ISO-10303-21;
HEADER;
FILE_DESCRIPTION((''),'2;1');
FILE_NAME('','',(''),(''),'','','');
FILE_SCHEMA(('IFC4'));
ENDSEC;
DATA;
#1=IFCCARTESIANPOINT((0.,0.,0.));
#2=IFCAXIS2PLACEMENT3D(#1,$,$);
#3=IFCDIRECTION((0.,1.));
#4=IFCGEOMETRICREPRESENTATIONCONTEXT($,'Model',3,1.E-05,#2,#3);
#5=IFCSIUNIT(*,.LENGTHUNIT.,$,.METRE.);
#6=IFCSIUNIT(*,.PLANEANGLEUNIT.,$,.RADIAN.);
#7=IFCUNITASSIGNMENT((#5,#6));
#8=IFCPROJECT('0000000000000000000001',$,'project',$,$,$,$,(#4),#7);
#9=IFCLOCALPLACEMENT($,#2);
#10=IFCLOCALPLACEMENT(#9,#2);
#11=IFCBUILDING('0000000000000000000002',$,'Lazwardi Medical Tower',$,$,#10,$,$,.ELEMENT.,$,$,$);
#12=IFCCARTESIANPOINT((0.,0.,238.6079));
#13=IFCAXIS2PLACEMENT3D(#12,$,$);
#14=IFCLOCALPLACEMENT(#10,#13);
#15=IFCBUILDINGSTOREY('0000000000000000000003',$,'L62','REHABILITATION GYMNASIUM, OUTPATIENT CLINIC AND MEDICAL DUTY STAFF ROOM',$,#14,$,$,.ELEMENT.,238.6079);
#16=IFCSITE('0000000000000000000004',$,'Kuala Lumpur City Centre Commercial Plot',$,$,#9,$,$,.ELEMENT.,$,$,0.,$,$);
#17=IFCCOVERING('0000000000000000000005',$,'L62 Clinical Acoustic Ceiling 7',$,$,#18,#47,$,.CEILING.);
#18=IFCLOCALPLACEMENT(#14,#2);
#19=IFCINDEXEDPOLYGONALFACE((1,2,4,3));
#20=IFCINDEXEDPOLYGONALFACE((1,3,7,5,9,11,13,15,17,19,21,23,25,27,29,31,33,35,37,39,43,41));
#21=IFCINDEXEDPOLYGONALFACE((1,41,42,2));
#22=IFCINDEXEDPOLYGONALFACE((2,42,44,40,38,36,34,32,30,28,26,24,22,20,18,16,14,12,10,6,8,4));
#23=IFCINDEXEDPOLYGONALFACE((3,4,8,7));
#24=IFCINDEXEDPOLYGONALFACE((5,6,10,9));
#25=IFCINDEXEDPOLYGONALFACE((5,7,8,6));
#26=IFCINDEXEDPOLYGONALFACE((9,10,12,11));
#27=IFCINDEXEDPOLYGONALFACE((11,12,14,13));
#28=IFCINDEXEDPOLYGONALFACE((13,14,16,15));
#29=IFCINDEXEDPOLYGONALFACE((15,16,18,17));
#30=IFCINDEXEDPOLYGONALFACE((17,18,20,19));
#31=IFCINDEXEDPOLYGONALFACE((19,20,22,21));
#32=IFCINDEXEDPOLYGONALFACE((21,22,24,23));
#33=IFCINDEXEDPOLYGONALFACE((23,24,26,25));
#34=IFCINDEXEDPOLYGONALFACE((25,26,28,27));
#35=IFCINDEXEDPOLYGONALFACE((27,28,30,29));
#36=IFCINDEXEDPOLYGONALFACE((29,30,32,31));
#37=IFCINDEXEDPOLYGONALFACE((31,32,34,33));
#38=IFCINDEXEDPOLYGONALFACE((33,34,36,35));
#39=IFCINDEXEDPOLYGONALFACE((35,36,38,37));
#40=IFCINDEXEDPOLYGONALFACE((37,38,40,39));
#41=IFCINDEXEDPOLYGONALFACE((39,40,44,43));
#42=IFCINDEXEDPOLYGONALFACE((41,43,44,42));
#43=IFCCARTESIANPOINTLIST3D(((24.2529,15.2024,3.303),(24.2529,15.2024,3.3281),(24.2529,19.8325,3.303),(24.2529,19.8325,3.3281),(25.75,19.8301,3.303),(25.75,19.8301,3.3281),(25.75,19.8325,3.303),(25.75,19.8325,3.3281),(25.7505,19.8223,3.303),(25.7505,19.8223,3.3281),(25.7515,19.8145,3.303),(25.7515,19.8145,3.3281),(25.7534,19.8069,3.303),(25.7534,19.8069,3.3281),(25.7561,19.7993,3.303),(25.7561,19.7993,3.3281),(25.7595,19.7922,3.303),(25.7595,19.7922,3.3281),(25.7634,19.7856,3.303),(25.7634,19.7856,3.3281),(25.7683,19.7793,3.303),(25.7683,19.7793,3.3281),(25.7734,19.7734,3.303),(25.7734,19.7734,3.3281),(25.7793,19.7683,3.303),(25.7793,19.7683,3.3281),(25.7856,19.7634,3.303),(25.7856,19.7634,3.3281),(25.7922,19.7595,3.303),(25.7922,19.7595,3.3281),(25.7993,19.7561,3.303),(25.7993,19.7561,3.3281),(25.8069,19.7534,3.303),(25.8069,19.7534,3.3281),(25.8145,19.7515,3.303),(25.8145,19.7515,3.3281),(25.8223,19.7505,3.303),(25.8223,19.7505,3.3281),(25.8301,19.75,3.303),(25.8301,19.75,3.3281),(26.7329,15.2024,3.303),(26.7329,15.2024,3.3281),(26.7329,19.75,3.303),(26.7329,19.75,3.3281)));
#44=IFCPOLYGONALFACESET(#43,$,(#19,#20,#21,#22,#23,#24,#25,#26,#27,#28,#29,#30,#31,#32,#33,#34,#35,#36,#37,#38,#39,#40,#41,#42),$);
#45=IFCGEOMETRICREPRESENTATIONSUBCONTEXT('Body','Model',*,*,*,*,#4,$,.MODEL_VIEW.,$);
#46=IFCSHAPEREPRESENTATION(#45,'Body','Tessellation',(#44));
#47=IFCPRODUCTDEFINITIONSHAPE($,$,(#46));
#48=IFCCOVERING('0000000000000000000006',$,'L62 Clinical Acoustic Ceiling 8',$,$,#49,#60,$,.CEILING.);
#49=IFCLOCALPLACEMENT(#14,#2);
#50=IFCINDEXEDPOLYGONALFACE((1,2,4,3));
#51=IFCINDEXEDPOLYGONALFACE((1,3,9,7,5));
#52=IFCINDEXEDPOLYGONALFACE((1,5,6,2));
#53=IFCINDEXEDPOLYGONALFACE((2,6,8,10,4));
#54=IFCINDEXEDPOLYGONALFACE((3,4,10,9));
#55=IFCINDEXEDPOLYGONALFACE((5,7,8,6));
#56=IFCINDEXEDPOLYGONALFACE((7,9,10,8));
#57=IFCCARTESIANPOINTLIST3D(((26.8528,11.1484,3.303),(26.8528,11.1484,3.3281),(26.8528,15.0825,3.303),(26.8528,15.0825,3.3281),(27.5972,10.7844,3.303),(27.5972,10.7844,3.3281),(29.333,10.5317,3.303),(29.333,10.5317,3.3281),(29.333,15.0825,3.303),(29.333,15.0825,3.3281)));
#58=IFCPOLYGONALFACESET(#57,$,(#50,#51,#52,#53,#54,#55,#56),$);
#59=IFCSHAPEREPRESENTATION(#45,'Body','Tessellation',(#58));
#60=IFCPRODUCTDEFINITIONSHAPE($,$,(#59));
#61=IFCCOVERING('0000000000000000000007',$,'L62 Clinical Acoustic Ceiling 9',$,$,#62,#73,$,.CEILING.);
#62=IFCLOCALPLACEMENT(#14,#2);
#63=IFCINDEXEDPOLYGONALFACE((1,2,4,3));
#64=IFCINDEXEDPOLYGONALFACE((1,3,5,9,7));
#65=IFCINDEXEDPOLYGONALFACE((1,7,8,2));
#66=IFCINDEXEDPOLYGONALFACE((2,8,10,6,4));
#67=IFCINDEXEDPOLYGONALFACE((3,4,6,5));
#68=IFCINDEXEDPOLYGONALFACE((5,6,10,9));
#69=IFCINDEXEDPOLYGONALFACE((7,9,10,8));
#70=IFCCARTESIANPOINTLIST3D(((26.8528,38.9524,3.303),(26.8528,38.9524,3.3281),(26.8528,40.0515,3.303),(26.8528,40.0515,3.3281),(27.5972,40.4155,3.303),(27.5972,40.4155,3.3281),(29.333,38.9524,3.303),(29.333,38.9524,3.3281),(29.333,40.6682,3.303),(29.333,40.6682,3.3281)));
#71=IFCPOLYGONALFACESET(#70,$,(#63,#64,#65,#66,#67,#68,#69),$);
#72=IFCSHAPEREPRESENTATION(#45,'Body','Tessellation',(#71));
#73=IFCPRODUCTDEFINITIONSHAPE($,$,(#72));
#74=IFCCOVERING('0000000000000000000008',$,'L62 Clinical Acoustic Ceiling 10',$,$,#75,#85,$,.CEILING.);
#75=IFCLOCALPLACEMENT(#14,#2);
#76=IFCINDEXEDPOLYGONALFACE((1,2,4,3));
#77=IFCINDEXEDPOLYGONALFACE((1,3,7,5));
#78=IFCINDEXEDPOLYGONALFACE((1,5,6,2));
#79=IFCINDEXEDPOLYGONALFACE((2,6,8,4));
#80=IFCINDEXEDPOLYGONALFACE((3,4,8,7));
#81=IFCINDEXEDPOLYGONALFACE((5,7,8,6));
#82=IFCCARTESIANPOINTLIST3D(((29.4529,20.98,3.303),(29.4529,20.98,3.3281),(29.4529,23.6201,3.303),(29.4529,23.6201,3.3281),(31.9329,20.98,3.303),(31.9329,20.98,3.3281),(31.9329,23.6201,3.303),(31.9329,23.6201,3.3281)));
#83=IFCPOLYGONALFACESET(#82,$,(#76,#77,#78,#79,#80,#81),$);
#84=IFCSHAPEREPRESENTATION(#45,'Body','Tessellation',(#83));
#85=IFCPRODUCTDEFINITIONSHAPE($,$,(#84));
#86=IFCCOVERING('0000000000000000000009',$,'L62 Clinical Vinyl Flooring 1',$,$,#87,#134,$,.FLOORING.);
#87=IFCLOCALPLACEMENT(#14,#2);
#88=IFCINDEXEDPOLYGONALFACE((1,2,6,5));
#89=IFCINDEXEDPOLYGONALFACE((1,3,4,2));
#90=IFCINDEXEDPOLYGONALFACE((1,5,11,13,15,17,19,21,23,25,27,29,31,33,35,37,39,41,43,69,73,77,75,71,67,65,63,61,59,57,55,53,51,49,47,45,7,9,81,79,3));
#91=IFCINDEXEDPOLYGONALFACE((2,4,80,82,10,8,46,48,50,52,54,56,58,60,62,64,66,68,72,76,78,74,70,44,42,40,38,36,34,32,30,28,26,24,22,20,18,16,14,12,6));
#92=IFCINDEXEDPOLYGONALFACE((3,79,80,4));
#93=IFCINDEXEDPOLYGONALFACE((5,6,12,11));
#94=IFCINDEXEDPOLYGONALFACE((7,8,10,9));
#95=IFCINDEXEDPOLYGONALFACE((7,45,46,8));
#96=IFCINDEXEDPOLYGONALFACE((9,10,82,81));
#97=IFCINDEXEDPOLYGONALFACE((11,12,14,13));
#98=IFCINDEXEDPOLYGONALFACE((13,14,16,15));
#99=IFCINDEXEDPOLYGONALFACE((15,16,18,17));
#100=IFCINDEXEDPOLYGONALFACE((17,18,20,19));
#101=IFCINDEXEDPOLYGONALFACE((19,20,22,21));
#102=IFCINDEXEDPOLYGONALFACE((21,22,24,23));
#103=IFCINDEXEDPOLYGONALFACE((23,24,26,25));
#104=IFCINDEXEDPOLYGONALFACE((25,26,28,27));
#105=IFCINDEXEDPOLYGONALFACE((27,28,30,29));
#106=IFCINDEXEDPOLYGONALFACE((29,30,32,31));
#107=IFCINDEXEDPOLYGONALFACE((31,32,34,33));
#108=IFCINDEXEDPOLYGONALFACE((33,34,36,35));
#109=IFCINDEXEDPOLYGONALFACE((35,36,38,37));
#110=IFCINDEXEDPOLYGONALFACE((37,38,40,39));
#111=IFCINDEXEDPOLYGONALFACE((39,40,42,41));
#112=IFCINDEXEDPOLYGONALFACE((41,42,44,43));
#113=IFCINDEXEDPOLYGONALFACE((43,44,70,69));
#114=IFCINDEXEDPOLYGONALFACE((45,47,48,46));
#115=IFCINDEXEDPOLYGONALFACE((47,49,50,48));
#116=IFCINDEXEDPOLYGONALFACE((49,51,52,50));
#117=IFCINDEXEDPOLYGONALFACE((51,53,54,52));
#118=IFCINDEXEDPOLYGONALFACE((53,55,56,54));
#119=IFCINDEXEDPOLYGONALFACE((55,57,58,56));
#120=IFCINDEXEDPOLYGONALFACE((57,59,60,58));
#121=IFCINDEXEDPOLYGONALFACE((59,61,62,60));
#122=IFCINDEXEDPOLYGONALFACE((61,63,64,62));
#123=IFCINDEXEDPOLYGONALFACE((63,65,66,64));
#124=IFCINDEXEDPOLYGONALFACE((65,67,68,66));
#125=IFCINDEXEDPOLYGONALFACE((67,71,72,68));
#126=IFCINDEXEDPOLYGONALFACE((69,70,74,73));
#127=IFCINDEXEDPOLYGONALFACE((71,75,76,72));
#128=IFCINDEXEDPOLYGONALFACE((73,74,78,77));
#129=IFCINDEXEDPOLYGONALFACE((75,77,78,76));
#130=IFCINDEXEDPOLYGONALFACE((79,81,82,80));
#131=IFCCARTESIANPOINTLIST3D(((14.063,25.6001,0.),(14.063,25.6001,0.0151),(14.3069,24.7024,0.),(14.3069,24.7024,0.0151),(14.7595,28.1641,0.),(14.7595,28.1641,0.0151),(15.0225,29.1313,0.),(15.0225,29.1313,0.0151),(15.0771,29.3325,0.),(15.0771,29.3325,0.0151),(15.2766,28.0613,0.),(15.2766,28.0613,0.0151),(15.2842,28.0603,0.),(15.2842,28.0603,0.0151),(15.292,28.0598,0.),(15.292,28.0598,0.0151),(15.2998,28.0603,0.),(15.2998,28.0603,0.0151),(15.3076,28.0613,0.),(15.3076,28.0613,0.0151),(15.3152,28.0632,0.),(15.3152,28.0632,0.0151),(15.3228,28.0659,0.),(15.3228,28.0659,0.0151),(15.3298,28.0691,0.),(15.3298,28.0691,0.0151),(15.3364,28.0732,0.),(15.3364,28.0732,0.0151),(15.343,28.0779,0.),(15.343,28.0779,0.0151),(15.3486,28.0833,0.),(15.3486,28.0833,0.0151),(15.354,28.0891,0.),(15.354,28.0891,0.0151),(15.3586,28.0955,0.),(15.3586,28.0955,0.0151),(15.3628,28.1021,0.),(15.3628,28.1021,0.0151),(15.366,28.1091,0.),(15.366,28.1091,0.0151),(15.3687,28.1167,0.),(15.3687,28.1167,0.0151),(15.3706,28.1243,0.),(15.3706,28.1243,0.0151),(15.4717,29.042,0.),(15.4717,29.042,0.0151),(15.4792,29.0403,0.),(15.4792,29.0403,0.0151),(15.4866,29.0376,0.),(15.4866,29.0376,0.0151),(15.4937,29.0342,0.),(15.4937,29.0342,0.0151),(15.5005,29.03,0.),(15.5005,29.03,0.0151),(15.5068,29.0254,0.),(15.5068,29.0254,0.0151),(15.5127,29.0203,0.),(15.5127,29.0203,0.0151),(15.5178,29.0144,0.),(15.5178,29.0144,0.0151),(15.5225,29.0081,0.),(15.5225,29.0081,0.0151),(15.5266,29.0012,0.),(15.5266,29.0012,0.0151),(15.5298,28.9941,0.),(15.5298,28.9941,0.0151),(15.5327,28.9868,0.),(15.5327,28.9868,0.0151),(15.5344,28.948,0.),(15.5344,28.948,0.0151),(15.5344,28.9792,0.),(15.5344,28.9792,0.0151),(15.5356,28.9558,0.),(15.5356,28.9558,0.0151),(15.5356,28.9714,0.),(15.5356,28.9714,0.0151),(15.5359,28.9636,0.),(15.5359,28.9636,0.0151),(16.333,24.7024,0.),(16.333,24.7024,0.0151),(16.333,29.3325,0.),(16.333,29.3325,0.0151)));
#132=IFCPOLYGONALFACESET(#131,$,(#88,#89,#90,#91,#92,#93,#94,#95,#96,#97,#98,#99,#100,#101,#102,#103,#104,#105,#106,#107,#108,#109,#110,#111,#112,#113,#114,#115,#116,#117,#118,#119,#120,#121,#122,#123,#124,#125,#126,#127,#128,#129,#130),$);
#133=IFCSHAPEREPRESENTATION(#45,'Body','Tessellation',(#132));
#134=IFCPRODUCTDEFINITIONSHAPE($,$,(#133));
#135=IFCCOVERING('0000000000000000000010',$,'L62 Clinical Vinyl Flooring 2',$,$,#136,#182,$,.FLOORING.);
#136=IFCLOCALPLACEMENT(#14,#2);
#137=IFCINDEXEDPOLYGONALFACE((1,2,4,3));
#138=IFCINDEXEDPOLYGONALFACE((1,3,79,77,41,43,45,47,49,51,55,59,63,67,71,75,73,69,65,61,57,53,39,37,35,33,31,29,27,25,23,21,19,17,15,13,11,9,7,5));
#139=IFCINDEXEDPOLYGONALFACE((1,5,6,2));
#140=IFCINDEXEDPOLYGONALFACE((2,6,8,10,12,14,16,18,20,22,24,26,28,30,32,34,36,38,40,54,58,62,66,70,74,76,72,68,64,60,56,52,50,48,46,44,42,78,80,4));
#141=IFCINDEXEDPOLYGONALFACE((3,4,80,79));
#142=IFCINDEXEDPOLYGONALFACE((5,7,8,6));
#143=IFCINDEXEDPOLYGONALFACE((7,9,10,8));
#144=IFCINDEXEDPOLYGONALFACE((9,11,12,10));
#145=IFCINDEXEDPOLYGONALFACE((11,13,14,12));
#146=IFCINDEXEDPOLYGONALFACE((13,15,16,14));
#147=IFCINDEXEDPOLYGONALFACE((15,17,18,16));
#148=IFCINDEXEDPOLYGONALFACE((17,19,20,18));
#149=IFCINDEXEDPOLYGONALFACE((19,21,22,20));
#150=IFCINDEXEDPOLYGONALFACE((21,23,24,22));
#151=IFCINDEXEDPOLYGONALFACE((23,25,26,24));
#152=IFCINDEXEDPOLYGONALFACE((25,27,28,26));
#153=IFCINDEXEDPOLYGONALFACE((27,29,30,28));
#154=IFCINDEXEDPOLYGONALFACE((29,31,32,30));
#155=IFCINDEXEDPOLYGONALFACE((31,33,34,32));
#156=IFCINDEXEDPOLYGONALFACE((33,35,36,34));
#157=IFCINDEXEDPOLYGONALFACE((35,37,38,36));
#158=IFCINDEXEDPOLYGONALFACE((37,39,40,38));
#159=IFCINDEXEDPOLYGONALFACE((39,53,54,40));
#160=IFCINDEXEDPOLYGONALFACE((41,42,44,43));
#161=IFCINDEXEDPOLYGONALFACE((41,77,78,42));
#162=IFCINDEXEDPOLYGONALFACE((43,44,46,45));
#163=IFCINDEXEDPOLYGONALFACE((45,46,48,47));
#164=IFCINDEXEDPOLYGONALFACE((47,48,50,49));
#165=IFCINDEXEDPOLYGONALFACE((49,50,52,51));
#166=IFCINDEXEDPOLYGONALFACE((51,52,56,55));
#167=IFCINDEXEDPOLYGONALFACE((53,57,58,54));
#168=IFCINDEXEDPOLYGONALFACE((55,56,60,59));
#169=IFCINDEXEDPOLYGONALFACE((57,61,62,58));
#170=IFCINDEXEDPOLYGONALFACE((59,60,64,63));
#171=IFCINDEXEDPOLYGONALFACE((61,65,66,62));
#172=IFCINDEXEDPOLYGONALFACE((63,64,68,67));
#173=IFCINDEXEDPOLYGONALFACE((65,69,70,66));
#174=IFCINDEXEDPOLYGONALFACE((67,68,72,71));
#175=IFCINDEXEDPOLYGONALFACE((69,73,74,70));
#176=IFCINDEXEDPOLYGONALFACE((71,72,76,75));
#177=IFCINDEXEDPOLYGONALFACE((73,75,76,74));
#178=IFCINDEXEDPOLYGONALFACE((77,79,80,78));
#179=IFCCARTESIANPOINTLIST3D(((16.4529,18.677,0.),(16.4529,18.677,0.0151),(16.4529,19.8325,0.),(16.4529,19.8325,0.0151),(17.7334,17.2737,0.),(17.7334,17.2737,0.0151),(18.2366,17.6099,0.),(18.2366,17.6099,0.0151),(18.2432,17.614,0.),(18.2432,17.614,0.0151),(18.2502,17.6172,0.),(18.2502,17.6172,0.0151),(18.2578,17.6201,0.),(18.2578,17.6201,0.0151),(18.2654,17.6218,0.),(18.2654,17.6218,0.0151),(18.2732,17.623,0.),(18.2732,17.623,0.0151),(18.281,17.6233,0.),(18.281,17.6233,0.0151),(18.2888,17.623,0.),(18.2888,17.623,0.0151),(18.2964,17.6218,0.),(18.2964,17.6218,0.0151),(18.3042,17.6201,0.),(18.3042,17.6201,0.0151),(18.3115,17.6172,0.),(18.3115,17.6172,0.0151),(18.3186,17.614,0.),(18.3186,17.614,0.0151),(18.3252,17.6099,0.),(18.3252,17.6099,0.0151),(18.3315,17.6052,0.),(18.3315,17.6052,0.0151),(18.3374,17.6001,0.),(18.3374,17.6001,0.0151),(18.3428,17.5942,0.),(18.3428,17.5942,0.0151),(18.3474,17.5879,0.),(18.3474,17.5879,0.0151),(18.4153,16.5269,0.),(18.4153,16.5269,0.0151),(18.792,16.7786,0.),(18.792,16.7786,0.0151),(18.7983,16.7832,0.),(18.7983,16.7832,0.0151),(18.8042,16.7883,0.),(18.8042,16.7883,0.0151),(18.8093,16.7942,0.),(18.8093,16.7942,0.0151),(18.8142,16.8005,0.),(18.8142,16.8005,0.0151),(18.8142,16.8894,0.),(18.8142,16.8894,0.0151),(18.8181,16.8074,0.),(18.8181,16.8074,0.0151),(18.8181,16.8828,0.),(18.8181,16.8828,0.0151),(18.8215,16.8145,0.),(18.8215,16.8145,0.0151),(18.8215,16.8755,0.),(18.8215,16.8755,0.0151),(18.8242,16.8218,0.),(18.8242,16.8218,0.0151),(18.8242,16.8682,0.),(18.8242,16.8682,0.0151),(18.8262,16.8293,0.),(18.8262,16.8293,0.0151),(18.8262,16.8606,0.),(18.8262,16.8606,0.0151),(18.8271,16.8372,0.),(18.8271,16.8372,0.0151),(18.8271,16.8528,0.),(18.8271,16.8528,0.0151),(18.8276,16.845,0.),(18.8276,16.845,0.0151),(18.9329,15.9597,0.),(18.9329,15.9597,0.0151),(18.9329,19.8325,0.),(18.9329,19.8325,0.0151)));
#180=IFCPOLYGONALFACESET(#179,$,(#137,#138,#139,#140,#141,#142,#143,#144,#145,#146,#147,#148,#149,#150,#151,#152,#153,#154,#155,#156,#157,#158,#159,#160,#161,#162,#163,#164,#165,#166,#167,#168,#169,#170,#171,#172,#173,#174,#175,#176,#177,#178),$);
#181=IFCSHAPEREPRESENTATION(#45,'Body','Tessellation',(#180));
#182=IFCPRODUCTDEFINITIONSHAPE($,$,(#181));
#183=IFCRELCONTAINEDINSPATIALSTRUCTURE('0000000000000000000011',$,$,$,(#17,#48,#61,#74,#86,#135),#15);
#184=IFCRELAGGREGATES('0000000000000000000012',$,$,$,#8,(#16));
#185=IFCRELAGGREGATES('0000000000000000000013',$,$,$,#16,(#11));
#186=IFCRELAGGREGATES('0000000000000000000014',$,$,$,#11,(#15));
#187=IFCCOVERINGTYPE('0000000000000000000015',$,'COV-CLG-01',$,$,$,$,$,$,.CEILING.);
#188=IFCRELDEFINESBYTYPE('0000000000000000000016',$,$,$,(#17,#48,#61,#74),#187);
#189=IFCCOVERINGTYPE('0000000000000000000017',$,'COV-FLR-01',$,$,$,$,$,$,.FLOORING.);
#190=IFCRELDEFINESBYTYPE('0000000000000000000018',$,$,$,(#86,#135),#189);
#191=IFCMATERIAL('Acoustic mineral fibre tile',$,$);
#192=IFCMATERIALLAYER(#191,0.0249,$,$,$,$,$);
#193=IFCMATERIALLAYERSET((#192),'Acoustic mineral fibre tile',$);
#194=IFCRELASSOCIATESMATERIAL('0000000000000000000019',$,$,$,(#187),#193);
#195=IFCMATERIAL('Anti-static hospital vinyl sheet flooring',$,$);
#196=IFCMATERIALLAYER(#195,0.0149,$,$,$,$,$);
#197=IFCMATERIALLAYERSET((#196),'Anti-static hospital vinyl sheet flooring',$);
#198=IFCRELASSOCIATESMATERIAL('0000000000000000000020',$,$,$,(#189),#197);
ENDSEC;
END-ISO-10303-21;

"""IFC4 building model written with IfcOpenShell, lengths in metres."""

from ifc_helpers import new_model, si_unit, direction, frame, origin, place, context, subcontext, project, spatial, polyline, outline, extrude, material, layer, layer_set, type_object, element, save


model = new_model("IFC4")

# Units and contexts
model_context = context("Model", 3, precision=1e-05, world=origin(), true_north=direction((0.0, 1.0)))
body_context = subcontext(model_context, "Body", "Model", "MODEL_VIEW")
ifc_project = project(units=[si_unit("LENGTHUNIT", "METRE"), si_unit("PLANEANGLEUNIT", "RADIAN")], contexts=[model_context])

# Site, building, storey
site_placement = place(None, origin())
site = spatial("IfcSite", under=ifc_project, at=site_placement, Name="Kuala Lumpur City Centre Commercial Plot", CompositionType="ELEMENT", RefElevation=0.0)
building_placement = place(site_placement, origin())
building = spatial("IfcBuilding", under=site, at=building_placement, Name="Lazwardi Medical Tower", CompositionType="ELEMENT")
storey_placement = place(building_placement, frame((0.0, 0.0, 238.6079)))
storey = spatial("IfcBuildingStorey", under=building, at=storey_placement, Name="L62", Description="REHABILITATION GYMNASIUM, OUTPATIENT CLINIC AND MEDICAL DUTY STAFF ROOM", CompositionType="ELEMENT", Elevation=238.6079)

# Coverings
ifc_material_1 = material(Name="Acoustic mineral fibre tile")
ifc_layer_1 = layer(ifc_material_1, 0.0249)
ifc_layer_set_1 = layer_set([ifc_layer_1], Name="Acoustic mineral fibre tile")
covering_type_1 = type_object("IfcCoveringType", Name="COV-CLG-01", PredefinedType="CEILING", material=ifc_layer_set_1)
covering_1_placement = place(storey_placement, frame((0.0, 0.0, 3.303)))
element("IfcCovering", 1, at=covering_1_placement, inside=storey, type_object=covering_type_1, Name="L62 Clinical Acoustic Ceiling 7", PredefinedType="CEILING", context=body_context, shape_type="SweptSolid", body=[
    extrude(outline(polyline([(26.7329, 19.75), (25.8301, 19.75), (25.8223, 19.7505), (25.8145, 19.7515), (25.8069, 19.7534), (25.7993, 19.7561), (25.7922, 19.7595), (25.7856, 19.7634), (25.7793, 19.7683), (25.7734, 19.7734), (25.7683, 19.7793), (25.7634, 19.7856), (25.7595, 19.7922), (25.7561, 19.7993), (25.7534, 19.8069), (25.7515, 19.8145), (25.7505, 19.8223), (25.75, 19.8301), (25.75, 19.8325), (24.2529, 19.8325), (24.2529, 15.2024), (26.7329, 15.2024), (26.7329, 19.75)])), origin(), (0.0, 0.0, 1.0), 0.0251),
])
covering_2_placement = place(storey_placement, frame((0.0, 0.0, 3.303)))
element("IfcCovering", 2, at=covering_2_placement, inside=storey, type_object=covering_type_1, Name="L62 Clinical Acoustic Ceiling 8", PredefinedType="CEILING", context=body_context, shape_type="SweptSolid", body=[
    extrude(outline(polyline([(26.8528, 11.1484), (27.5972, 10.7844), (29.333, 10.5317), (29.333, 15.0825), (26.8528, 15.0825), (26.8528, 11.1484)])), origin(), (0.0, 0.0, 1.0), 0.0251),
])
covering_3_placement = place(storey_placement, frame((0.0, 0.0, 3.303)))
element("IfcCovering", 3, at=covering_3_placement, inside=storey, type_object=covering_type_1, Name="L62 Clinical Acoustic Ceiling 9", PredefinedType="CEILING", context=body_context, shape_type="SweptSolid", body=[
    extrude(outline(polyline([(29.333, 40.6682), (27.5972, 40.4155), (26.8528, 40.0515), (26.8528, 38.9524), (29.333, 38.9524), (29.333, 40.6682)])), origin(), (0.0, 0.0, 1.0), 0.0251),
])
covering_4_placement = place(storey_placement, frame((0.0, 0.0, 3.303)))
element("IfcCovering", 4, at=covering_4_placement, inside=storey, type_object=covering_type_1, Name="L62 Clinical Acoustic Ceiling 10", PredefinedType="CEILING", context=body_context, shape_type="SweptSolid", body=[
    extrude(outline(polyline([(31.9329, 23.6201), (29.4529, 23.6201), (29.4529, 20.98), (31.9329, 20.98), (31.9329, 23.6201)])), origin(), (0.0, 0.0, 1.0), 0.0251),
])
ifc_material_2 = material(Name="Anti-static hospital vinyl sheet flooring")
ifc_layer_2 = layer(ifc_material_2, 0.0149)
ifc_layer_set_2 = layer_set([ifc_layer_2], Name="Anti-static hospital vinyl sheet flooring")
covering_type_2 = type_object("IfcCoveringType", Name="COV-FLR-01", PredefinedType="FLOORING", material=ifc_layer_set_2)
covering_5_placement = place(storey_placement, origin())
element("IfcCovering", 5, at=covering_5_placement, inside=storey, type_object=covering_type_2, Name="L62 Clinical Vinyl Flooring 1", PredefinedType="FLOORING", context=body_context, shape_type="SweptSolid", body=[
    extrude(outline(polyline([(15.0771, 29.3325), (15.0225, 29.1313), (15.4717, 29.042), (15.4792, 29.0403), (15.4866, 29.0376), (15.4937, 29.0342), (15.5005, 29.03), (15.5068, 29.0254), (15.5127, 29.0203), (15.5178, 29.0144), (15.5225, 29.0081), (15.5266, 29.0012), (15.5298, 28.9941), (15.5327, 28.9868), (15.5344, 28.9792), (15.5356, 28.9714), (15.5359, 28.9636), (15.5356, 28.9558), (15.5344, 28.948), (15.3706, 28.1243), (15.3687, 28.1167), (15.366, 28.1091), (15.3628, 28.1021), (15.3586, 28.0955), (15.354, 28.0891), (15.3486, 28.0833), (15.343, 28.0779), (15.3364, 28.0732), (15.3298, 28.0691), (15.3228, 28.0659), (15.3152, 28.0632), (15.3076, 28.0613), (15.2998, 28.0603), (15.292, 28.0598), (15.2842, 28.0603), (15.2766, 28.0613), (14.7595, 28.1641), (14.063, 25.6001), (14.3069, 24.7024), (16.333, 24.7024), (16.333, 29.3325), (15.0771, 29.3325)])), origin(), (0.0, 0.0, 1.0), 0.0151),
])
covering_6_placement = place(storey_placement, origin())
element("IfcCovering", 6, at=covering_6_placement, inside=storey, type_object=covering_type_2, Name="L62 Clinical Vinyl Flooring 2", PredefinedType="FLOORING", context=body_context, shape_type="SweptSolid", body=[
    extrude(outline(polyline([(16.4529, 18.677), (17.7334, 17.2737), (18.2366, 17.6099), (18.2432, 17.614), (18.2502, 17.6172), (18.2578, 17.6201), (18.2654, 17.6218), (18.2732, 17.623), (18.281, 17.6233), (18.2888, 17.623), (18.2964, 17.6218), (18.3042, 17.6201), (18.3115, 17.6172), (18.3186, 17.614), (18.3252, 17.6099), (18.3315, 17.6052), (18.3374, 17.6001), (18.3428, 17.5942), (18.3474, 17.5879), (18.8142, 16.8894), (18.8181, 16.8828), (18.8215, 16.8755), (18.8242, 16.8682), (18.8262, 16.8606), (18.8271, 16.8528), (18.8276, 16.845), (18.8271, 16.8372), (18.8262, 16.8293), (18.8242, 16.8218), (18.8215, 16.8145), (18.8181, 16.8074), (18.8142, 16.8005), (18.8093, 16.7942), (18.8042, 16.7883), (18.7983, 16.7832), (18.792, 16.7786), (18.4153, 16.5269), (18.9329, 15.9597), (18.9329, 19.8325), (16.4529, 19.8325), (16.4529, 18.677)])), origin(), (0.0, 0.0, 1.0), 0.0151),
])

save(model, "model.ifc")
